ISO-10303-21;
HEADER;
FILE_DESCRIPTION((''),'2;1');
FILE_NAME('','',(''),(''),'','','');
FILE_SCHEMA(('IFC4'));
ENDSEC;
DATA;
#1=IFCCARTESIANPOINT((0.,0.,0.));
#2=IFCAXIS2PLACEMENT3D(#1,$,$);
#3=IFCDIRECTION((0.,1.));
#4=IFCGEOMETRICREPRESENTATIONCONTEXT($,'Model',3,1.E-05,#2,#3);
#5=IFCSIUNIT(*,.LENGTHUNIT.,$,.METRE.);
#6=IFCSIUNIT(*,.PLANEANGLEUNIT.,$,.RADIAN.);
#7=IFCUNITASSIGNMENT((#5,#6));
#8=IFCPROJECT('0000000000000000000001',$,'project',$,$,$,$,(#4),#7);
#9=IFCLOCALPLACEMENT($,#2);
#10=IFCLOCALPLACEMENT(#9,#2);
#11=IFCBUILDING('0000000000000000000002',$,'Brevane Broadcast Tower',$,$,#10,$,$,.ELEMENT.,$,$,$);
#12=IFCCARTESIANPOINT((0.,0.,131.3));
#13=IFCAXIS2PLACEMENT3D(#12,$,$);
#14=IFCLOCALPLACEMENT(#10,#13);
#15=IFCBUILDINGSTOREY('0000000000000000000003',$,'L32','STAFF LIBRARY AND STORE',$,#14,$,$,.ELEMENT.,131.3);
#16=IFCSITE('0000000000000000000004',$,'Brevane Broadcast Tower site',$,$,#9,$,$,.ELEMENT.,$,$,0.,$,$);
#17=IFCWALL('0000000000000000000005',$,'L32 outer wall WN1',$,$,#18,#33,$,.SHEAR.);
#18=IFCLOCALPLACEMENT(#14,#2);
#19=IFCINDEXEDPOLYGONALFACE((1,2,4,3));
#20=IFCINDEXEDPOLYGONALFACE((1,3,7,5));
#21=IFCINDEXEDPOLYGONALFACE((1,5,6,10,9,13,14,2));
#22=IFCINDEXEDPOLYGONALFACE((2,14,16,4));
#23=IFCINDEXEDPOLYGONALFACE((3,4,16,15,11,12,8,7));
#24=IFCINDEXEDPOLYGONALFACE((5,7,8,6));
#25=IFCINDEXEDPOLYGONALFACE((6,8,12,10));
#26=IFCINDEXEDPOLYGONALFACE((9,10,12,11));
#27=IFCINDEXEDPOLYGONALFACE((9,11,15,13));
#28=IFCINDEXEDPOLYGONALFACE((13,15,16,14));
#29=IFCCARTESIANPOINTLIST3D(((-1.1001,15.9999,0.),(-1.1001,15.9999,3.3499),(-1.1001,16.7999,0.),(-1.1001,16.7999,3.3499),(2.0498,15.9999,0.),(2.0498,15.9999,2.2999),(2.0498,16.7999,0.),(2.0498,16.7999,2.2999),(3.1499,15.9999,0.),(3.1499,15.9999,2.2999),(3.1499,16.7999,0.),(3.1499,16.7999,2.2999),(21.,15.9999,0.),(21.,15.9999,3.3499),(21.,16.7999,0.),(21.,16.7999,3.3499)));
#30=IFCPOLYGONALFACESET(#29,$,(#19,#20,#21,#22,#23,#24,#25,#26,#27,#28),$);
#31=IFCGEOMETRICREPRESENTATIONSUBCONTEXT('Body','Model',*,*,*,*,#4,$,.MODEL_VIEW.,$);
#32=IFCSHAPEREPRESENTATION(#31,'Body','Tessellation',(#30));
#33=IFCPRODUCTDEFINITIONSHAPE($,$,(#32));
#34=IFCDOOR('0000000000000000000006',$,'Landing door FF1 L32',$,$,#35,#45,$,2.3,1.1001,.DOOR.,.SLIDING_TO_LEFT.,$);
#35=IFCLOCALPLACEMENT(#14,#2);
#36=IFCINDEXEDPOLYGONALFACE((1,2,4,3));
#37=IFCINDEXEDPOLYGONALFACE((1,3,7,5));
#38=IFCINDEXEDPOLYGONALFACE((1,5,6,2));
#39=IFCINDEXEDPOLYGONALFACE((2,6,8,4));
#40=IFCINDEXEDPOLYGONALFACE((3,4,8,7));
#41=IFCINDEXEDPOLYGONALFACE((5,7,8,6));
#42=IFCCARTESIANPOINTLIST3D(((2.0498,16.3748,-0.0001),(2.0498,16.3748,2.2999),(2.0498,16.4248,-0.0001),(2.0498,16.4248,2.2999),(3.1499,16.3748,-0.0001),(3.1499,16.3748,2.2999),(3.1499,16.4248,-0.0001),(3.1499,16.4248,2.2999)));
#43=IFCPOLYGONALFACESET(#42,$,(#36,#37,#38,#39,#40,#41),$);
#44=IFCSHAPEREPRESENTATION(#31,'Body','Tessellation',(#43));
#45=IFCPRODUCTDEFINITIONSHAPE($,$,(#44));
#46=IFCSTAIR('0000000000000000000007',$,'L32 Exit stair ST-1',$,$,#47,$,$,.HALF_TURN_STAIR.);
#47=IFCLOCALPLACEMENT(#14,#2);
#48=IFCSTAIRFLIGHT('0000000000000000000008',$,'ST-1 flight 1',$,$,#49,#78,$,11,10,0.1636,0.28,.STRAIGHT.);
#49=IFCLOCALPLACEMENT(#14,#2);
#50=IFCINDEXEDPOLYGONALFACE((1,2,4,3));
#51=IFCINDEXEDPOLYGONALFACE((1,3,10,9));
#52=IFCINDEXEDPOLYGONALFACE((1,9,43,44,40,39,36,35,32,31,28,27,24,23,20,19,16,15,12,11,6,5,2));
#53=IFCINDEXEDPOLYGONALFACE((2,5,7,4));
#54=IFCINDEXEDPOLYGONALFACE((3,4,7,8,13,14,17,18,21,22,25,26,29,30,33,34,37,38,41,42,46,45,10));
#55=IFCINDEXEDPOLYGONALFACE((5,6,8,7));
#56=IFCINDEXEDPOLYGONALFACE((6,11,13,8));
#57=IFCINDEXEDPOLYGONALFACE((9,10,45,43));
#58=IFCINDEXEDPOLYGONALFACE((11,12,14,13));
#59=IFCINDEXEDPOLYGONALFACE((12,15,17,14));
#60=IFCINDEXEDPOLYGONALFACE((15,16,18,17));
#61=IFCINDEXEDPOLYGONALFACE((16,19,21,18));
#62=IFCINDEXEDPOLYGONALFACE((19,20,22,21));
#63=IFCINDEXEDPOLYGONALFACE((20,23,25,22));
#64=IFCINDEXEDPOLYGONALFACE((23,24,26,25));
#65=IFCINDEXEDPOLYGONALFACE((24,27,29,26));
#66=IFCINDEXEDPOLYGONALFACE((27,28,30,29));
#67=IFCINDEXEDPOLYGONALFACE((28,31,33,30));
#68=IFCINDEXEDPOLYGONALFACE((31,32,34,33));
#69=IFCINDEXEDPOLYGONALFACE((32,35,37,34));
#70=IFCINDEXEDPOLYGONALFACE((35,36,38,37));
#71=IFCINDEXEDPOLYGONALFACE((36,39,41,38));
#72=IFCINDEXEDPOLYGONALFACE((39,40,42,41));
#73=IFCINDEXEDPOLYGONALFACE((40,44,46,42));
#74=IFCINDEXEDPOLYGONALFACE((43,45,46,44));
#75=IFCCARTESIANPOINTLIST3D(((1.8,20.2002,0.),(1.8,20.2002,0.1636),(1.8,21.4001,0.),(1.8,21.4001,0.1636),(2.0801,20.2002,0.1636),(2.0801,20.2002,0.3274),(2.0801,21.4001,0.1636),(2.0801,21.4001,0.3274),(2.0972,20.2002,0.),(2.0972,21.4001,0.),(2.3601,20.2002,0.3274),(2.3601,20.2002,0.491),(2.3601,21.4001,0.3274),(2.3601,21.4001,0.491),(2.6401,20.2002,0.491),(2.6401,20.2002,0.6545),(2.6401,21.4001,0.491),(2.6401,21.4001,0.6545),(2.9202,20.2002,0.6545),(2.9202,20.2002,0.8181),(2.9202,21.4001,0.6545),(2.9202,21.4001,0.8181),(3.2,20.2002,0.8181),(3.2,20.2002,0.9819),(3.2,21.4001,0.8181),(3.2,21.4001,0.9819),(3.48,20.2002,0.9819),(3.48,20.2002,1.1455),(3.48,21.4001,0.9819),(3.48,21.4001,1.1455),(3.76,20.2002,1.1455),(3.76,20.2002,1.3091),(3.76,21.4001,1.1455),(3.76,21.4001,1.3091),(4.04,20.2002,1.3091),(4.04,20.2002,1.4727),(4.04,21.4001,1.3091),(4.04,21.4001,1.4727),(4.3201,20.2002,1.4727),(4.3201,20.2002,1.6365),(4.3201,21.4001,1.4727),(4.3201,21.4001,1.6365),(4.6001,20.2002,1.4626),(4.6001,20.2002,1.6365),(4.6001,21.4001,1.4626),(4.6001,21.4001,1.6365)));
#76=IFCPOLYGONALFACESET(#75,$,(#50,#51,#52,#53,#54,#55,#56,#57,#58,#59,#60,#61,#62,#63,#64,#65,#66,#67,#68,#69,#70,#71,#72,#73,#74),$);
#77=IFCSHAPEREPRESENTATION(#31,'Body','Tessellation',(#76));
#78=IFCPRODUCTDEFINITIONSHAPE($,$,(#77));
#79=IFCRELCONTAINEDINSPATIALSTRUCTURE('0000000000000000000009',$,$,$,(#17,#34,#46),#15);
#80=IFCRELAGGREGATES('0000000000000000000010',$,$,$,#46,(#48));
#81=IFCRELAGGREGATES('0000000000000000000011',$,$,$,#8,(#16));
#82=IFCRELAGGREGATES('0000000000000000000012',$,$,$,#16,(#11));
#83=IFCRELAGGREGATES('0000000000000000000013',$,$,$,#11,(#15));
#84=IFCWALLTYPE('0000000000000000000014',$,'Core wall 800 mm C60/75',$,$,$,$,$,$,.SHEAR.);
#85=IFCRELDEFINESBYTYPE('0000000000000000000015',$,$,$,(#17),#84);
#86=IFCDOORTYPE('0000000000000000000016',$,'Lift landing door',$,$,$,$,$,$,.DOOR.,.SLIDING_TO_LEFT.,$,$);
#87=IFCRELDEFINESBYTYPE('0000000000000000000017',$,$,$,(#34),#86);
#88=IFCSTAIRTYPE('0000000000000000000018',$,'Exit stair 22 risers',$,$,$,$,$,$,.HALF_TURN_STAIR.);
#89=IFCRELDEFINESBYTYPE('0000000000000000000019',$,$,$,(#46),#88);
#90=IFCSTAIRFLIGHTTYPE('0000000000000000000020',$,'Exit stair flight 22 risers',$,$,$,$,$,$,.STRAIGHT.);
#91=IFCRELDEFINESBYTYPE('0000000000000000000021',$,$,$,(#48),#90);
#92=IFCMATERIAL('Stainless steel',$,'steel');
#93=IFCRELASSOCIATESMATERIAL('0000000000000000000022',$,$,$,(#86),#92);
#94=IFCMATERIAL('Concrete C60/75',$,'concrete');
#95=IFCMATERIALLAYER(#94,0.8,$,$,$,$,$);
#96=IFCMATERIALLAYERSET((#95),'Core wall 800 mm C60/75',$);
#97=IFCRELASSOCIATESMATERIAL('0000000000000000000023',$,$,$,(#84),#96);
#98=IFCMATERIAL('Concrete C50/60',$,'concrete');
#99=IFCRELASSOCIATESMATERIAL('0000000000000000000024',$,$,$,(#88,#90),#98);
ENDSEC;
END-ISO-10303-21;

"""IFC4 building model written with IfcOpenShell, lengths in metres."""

from ifc_helpers import new_model, si_unit, direction, frame, frame_2d, origin, place, context, subcontext, project, spatial, polyline, rectangle, outline, extrude, material, layer, layer_set, type_object, element, fill, aggregate, save


model = new_model("IFC4")

# Units and contexts
model_context = context("Model", 3, precision=1e-05, world=origin(), true_north=direction((0.0, 1.0)))
body_context = subcontext(model_context, "Body", "Model", "MODEL_VIEW")
ifc_project = project(units=[si_unit("LENGTHUNIT", "METRE"), si_unit("PLANEANGLEUNIT", "RADIAN")], contexts=[model_context])

# Site, building, storey
site_placement = place(None, origin())
site = spatial("IfcSite", under=ifc_project, at=site_placement, Name="Brevane Broadcast Tower site", CompositionType="ELEMENT", RefElevation=0.0)
building_placement = place(site_placement, origin())
building = spatial("IfcBuilding", under=site, at=building_placement, Name="Brevane Broadcast Tower", CompositionType="ELEMENT")
storey_placement = place(building_placement, frame((0.0, 0.0, 131.3)))
storey = spatial("IfcBuildingStorey", under=building, at=storey_placement, Name="L32", Description="STAFF LIBRARY AND STORE", CompositionType="ELEMENT", Elevation=131.3)

# Shared definitions
ifc_material_1 = material(Name="Concrete C60/75", Category="concrete")
ifc_material_2 = material(Name="Stainless steel", Category="steel")
door_type = type_object("IfcDoorType", Name="Lift landing door", OperationType="SLIDING_TO_LEFT", PredefinedType="DOOR", material=ifc_material_2)

# Wall, opening, door
ifc_layer_1 = layer(ifc_material_1, 0.8)
ifc_layer_set_1 = layer_set([ifc_layer_1], Name="Core wall 800 mm C60/75")
wall_type_1 = type_object("IfcWallType", Name="Core wall 800 mm C60/75", PredefinedType="SHEAR", material=ifc_layer_set_1)
wall_1_placement = place(storey_placement, frame((-1.1001, 16.3999, 0.0), z_axis=(0.0, 0.0, 1.0), x_axis=(1.0, 0.0, 0.0)))
wall_1 = element("IfcWall", 1, at=wall_1_placement, inside=storey, type_object=wall_type_1, Name="L32 outer wall WN1", PredefinedType="SHEAR", context=body_context, shape_type="SweptSolid", body=[
    extrude(rectangle(XDim=22.1001, YDim=0.8, at=frame_2d((11.05, 0.0))), origin(), (0.0, 0.0, 1.0), 3.3499),
])
opening_1_placement = place(wall_1_placement, frame((3.1499, 0.0, 0.0)))
opening_1 = element("IfcOpeningElement", 2, at=opening_1_placement, cuts=wall_1, PredefinedType="OPENING", context=body_context, shape_type="SweptSolid", body=[
    extrude(rectangle(XDim=1.1001, YDim=2.3, at=frame_2d((0.55, 1.1499))), frame((0.0, 0.4099, 0.0), z_axis=(0.0, -1.0, 0.0), x_axis=(1.0, 0.0, 0.0)), (0.0, 0.0, 1.0), 0.8201),
])
door_1_placement = place(opening_1_placement, origin())
door_1 = element("IfcDoor", 3, at=door_1_placement, inside=storey, type_object=door_type, Name="Landing door FF1 L32", OperationType="SLIDING_TO_LEFT", OverallHeight=2.3, OverallWidth=1.1001, PredefinedType="DOOR", context=body_context, shape_type="SweptSolid", body=[
    extrude(rectangle(XDim=1.1001, YDim=2.3, at=frame_2d((0.55, 1.1499))), frame((0.0, 0.0249, 0.0), z_axis=(0.0, -1.0, 0.0), x_axis=(1.0, 0.0, 0.0)), (0.0, 0.0, 1.0), 0.05),
])
fill(opening_1, door_1)

# Stair, stair flight
ifc_material_3 = material(Name="Concrete C50/60", Category="concrete")
stair_type = type_object("IfcStairType", Name="Exit stair 22 risers", PredefinedType="HALF_TURN_STAIR", material=ifc_material_3)
stair_placement = place(storey_placement, origin())
stair = element("IfcStair", 4, at=stair_placement, inside=storey, type_object=stair_type, Name="L32 Exit stair ST-1", PredefinedType="HALF_TURN_STAIR")
stair_flight_type = type_object("IfcStairFlightType", Name="Exit stair flight 22 risers", PredefinedType="STRAIGHT", material=ifc_material_3)
stair_flight_placement = place(storey_placement, frame((1.8, 20.8, 0.0), z_axis=(0.0, 0.0, 1.0), x_axis=(1.0, 0.0, 0.0)))
stair_flight = element("IfcStairFlight", 5, at=stair_flight_placement, type_object=stair_flight_type, Name="ST-1 flight 1", NumberOfRisers=11, NumberOfTreads=10, PredefinedType="STRAIGHT", RiserHeight=0.1636, TreadLength=0.28, context=body_context, shape_type="SweptSolid", body=[
    extrude(outline(polyline([(0.0, 0.0), (0.0, 0.1636), (0.28, 0.1636), (0.28, 0.3274), (0.5601, 0.3274), (0.5601, 0.491), (0.8401, 0.491), (0.8401, 0.6545), (1.1201, 0.6545), (1.1201, 0.8181), (1.3999, 0.8181), (1.3999, 0.9819), (1.6799, 0.9819), (1.6799, 1.1455), (1.96, 1.1455), (1.96, 1.3091), (2.24, 1.3091), (2.24, 1.4727), (2.52, 1.4727), (2.52, 1.6365), (2.8, 1.6365), (2.8, 1.8), (2.8, 1.4626), (0.2971, 0.0), (0.0, 0.0)])), frame((0.0, 0.6001, 0.0), z_axis=(0.0, -1.0, 0.0), x_axis=(1.0, 0.0, 0.0)), (0.0, 0.0, 1.0), 1.2),
])
aggregate(stair, [stair_flight])

save(model, "model.ifc")
